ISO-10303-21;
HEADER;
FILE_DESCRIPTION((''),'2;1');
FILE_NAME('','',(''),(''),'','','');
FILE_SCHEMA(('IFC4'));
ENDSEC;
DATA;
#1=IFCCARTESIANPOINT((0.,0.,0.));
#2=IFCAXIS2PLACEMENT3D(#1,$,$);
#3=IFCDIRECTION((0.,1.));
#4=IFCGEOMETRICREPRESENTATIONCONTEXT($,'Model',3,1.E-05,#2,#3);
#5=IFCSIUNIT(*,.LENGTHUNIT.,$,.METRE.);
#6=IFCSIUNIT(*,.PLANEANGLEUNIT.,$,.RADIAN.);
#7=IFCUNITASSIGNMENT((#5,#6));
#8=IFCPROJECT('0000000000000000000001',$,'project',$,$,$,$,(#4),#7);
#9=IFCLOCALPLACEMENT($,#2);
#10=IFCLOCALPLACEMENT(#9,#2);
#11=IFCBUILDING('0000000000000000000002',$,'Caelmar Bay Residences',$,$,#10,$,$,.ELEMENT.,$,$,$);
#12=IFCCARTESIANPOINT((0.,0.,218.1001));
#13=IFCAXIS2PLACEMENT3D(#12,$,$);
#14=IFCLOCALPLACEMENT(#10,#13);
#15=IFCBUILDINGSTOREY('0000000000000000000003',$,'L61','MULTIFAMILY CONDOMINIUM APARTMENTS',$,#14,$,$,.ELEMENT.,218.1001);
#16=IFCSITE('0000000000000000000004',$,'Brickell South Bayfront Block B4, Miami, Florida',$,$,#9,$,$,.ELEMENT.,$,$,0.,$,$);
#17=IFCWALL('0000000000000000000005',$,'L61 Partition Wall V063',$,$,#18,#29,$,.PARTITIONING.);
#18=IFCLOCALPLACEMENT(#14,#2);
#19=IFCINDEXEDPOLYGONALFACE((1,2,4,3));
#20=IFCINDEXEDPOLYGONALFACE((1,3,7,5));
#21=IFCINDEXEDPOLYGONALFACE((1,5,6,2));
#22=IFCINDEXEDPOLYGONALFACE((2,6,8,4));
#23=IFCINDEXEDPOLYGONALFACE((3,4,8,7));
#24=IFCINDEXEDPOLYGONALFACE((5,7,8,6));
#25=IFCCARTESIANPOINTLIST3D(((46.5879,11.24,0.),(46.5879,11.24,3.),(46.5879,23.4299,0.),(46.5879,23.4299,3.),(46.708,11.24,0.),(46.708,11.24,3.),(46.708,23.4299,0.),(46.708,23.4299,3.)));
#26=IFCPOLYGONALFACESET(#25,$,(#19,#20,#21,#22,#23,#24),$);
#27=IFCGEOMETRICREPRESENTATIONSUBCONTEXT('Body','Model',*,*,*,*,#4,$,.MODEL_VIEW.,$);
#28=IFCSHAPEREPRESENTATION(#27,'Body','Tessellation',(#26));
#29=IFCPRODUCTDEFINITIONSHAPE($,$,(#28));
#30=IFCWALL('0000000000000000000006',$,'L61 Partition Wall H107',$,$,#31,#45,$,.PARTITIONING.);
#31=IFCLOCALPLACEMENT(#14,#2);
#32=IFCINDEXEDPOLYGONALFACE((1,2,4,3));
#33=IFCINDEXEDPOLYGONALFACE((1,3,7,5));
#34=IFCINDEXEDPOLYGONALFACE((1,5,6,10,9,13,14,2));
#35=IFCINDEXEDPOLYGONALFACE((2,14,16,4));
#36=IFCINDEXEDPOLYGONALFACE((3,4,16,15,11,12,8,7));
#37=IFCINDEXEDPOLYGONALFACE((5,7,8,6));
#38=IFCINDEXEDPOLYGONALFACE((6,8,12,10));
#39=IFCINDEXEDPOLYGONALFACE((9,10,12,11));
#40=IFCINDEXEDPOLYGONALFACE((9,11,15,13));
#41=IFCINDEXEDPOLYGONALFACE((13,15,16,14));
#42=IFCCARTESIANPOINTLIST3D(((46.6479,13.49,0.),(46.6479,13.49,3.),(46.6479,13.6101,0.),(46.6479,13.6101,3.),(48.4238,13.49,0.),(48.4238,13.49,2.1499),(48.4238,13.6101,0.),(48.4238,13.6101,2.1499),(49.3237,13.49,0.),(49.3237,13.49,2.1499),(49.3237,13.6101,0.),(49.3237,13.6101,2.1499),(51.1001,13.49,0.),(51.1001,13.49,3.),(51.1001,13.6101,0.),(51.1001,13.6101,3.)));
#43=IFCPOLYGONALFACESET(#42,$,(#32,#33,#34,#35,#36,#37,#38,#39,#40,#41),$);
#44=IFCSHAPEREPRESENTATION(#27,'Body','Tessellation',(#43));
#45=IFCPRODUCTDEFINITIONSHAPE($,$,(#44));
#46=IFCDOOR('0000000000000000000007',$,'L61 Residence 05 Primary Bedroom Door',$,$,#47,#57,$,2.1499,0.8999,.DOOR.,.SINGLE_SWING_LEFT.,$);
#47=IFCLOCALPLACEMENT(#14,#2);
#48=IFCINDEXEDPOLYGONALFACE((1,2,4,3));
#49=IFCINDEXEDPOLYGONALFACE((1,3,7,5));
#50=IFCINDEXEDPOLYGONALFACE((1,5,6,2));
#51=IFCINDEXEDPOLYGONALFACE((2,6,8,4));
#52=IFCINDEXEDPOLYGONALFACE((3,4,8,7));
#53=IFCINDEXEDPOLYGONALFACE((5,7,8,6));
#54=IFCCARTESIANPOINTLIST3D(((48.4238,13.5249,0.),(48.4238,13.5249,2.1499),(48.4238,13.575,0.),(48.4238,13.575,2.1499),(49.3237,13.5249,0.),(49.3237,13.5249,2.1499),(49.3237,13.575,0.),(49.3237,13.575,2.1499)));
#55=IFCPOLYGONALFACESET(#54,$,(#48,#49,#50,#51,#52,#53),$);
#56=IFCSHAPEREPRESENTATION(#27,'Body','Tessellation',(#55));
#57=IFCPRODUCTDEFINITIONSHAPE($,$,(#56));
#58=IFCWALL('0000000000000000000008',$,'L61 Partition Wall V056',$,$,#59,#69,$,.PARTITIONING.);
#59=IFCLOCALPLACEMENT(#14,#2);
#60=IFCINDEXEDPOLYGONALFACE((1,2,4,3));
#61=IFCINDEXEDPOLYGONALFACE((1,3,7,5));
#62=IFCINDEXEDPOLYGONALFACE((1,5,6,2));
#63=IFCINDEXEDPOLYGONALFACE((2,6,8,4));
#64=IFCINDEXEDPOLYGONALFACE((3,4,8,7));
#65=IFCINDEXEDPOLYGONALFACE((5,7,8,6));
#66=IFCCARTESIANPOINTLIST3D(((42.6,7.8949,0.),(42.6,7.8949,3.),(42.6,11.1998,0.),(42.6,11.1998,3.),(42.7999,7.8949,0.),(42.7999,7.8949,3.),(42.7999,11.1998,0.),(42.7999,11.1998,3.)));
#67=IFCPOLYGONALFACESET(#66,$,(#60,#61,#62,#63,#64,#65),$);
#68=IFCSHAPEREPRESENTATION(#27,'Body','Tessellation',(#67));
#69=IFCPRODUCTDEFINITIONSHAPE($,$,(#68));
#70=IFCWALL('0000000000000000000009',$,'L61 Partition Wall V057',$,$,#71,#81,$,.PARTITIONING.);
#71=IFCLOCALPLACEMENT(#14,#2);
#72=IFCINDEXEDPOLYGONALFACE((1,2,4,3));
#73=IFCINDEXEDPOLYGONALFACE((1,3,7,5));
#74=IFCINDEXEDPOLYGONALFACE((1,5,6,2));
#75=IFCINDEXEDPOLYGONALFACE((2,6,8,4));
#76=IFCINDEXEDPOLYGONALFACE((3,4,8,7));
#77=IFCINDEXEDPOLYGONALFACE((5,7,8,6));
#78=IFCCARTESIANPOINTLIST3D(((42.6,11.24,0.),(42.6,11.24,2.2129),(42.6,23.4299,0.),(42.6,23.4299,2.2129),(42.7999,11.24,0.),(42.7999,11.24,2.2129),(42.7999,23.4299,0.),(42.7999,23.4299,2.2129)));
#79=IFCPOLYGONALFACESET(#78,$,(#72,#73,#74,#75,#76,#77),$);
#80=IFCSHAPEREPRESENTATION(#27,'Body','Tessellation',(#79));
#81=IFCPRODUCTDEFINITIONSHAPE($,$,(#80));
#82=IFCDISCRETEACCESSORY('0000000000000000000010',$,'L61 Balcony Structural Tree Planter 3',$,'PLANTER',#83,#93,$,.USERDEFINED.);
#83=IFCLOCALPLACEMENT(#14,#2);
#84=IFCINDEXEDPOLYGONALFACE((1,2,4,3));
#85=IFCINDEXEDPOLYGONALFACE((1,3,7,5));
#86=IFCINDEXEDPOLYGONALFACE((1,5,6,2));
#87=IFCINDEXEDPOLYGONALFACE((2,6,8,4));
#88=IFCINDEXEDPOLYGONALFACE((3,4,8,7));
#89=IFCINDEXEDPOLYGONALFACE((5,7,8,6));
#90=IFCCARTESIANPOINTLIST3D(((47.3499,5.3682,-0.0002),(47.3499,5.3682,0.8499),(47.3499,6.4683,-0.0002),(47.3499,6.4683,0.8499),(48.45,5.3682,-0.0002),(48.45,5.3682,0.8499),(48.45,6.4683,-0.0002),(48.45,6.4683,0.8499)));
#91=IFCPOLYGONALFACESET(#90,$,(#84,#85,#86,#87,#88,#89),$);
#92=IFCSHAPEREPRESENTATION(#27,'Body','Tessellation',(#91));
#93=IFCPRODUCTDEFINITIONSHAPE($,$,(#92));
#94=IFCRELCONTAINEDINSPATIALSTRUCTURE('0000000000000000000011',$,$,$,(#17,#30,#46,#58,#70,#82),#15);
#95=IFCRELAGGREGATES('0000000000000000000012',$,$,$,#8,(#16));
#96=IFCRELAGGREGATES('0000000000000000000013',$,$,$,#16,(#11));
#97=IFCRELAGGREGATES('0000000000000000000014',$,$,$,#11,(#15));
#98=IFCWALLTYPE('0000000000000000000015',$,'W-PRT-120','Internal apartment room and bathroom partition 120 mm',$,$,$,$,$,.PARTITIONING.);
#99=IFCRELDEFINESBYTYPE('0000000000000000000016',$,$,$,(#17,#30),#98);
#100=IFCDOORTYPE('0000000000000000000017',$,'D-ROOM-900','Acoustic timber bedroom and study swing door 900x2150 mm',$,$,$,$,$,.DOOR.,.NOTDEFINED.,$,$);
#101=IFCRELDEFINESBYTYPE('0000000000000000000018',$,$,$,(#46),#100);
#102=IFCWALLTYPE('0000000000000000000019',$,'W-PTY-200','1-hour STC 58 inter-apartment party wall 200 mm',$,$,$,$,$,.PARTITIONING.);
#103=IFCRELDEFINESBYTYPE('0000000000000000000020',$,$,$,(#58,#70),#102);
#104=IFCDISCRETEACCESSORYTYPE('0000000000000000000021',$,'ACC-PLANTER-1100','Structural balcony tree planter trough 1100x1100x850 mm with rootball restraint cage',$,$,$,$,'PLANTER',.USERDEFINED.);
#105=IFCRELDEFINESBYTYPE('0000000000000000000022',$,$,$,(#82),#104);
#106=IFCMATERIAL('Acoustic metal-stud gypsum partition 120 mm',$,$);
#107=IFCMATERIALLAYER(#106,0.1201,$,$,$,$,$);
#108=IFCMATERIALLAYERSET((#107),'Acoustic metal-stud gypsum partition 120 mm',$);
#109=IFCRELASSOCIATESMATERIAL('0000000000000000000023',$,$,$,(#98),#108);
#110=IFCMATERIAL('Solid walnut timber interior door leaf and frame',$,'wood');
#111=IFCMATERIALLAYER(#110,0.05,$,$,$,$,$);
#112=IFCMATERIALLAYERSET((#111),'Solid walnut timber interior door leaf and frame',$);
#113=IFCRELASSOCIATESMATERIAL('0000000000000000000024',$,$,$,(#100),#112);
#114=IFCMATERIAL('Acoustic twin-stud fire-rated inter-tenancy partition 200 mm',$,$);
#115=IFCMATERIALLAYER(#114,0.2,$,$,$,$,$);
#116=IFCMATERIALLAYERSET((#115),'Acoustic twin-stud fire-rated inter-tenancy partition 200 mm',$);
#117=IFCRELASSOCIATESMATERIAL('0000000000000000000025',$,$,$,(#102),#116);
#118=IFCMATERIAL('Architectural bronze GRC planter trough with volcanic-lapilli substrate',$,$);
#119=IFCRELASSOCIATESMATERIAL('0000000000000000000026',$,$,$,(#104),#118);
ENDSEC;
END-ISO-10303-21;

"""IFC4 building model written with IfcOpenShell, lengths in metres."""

from ifc_helpers import new_model, si_unit, direction, frame, frame_2d, origin, origin_2d, place, context, subcontext, project, spatial, rectangle, extrude, material, layer, layer_set, type_object, element, fill, save


model = new_model("IFC4")

# Units and contexts
model_context = context("Model", 3, precision=1e-05, world=origin(), true_north=direction((0.0, 1.0)))
body_context = subcontext(model_context, "Body", "Model", "MODEL_VIEW")
ifc_project = project(units=[si_unit("LENGTHUNIT", "METRE"), si_unit("PLANEANGLEUNIT", "RADIAN")], contexts=[model_context])

# Site, building, storey
site_placement = place(None, origin())
site = spatial("IfcSite", under=ifc_project, at=site_placement, Name="Brickell South Bayfront Block B4, Miami, Florida", CompositionType="ELEMENT", RefElevation=0.0)
building_placement = place(site_placement, origin())
building = spatial("IfcBuilding", under=site, at=building_placement, Name="Caelmar Bay Residences", CompositionType="ELEMENT")
storey_placement = place(building_placement, frame((0.0, 0.0, 218.1001)))
storey = spatial("IfcBuildingStorey", under=building, at=storey_placement, Name="L61", Description="MULTIFAMILY CONDOMINIUM APARTMENTS", CompositionType="ELEMENT", Elevation=218.1001)

# Wall
ifc_material_1 = material(Name="Acoustic metal-stud gypsum partition 120 mm")
ifc_layer_1 = layer(ifc_material_1, 0.1201)
ifc_layer_set_1 = layer_set([ifc_layer_1], Name="Acoustic metal-stud gypsum partition 120 mm")
wall_type_1 = type_object("IfcWallType", Name="W-PRT-120", Description="Internal apartment room and bathroom partition 120 mm", PredefinedType="PARTITIONING", material=ifc_layer_set_1)
wall_1_placement = place(storey_placement, frame((46.6479, 11.24, 0.0), z_axis=(0.0, 0.0, 1.0), x_axis=(0.0, 1.0, 0.0)))
element("IfcWall", 1, at=wall_1_placement, inside=storey, type_object=wall_type_1, Name="L61 Partition Wall V063", PredefinedType="PARTITIONING", context=body_context, shape_type="SweptSolid", body=[
    extrude(rectangle(XDim=12.1899, YDim=0.1201, at=frame_2d((6.095, 0.0))), origin(), (0.0, 0.0, 1.0), 3.0),
])

# Wall, opening, door
wall_2_placement = place(storey_placement, frame((46.6479, 13.55, 0.0), z_axis=(0.0, 0.0, 1.0), x_axis=(1.0, 0.0, 0.0)))
wall_2 = element("IfcWall", 2, at=wall_2_placement, inside=storey, type_object=wall_type_1, Name="L61 Partition Wall H107", PredefinedType="PARTITIONING", context=body_context, shape_type="SweptSolid", body=[
    extrude(rectangle(XDim=4.4521, YDim=0.1201, at=frame_2d((2.2261, 0.0))), origin(), (0.0, 0.0, 1.0), 3.0),
])
opening_placement = place(wall_2_placement, frame((1.7759, 0.0, 0.0)))
opening = element("IfcOpeningElement", 3, at=opening_placement, cuts=wall_2, PredefinedType="OPENING", context=body_context, shape_type="SweptSolid", body=[
    extrude(rectangle(XDim=0.8999, YDim=2.1499, at=frame_2d((0.45, 1.075))), frame((0.0, 0.0701, 0.0), z_axis=(0.0, -1.0, 0.0), x_axis=(1.0, 0.0, 0.0)), (0.0, 0.0, 1.0), 0.1401),
])
ifc_material_2 = material(Name="Solid walnut timber interior door leaf and frame", Category="wood")
ifc_layer_2 = layer(ifc_material_2, 0.05)
ifc_layer_set_2 = layer_set([ifc_layer_2], Name="Solid walnut timber interior door leaf and frame")
door_type = type_object("IfcDoorType", Name="D-ROOM-900", Description="Acoustic timber bedroom and study swing door 900x2150 mm", OperationType="NOTDEFINED", PredefinedType="DOOR", material=ifc_layer_set_2)
door_placement = place(opening_placement, origin())
door = element("IfcDoor", 4, at=door_placement, inside=storey, type_object=door_type, Name="L61 Residence 05 Primary Bedroom Door", OperationType="SINGLE_SWING_LEFT", OverallHeight=2.1499, OverallWidth=0.8999, PredefinedType="DOOR", context=body_context, shape_type="SweptSolid", body=[
    extrude(rectangle(XDim=0.8999, YDim=2.1499, at=frame_2d((0.45, 1.075))), frame((0.0, 0.0249, 0.0), z_axis=(0.0, -1.0, 0.0), x_axis=(1.0, 0.0, 0.0)), (0.0, 0.0, 1.0), 0.05),
])
fill(opening, door)

# Walls
ifc_material_3 = material(Name="Acoustic twin-stud fire-rated inter-tenancy partition 200 mm")
ifc_layer_3 = layer(ifc_material_3, 0.2)
ifc_layer_set_3 = layer_set([ifc_layer_3], Name="Acoustic twin-stud fire-rated inter-tenancy partition 200 mm")
wall_type_2 = type_object("IfcWallType", Name="W-PTY-200", Description="1-hour STC 58 inter-apartment party wall 200 mm", PredefinedType="PARTITIONING", material=ifc_layer_set_3)
wall_3_placement = place(storey_placement, frame((42.7, 7.895, 0.0), z_axis=(0.0, 0.0, 1.0), x_axis=(0.0, 1.0, 0.0)))
element("IfcWall", 5, at=wall_3_placement, inside=storey, type_object=wall_type_2, Name="L61 Partition Wall V056", PredefinedType="PARTITIONING", context=body_context, shape_type="SweptSolid", body=[
    extrude(rectangle(XDim=3.3049, YDim=0.2, at=frame_2d((1.6523, 0.0))), origin(), (0.0, 0.0, 1.0), 3.0),
])
wall_4_placement = place(storey_placement, frame((42.7, 11.24, 0.0), z_axis=(0.0, 0.0, 1.0), x_axis=(0.0, 1.0, 0.0)))
element("IfcWall", 6, at=wall_4_placement, inside=storey, type_object=wall_type_2, Name="L61 Partition Wall V057", PredefinedType="PARTITIONING", context=body_context, shape_type="SweptSolid", body=[
    extrude(rectangle(XDim=12.1899, YDim=0.2, at=frame_2d((6.095, 0.0))), origin(), (0.0, 0.0, 1.0), 2.2129),
])

# Discrete accessory
ifc_material_4 = material(Name="Architectural bronze GRC planter trough with volcanic-lapilli substrate")
discrete_accessory_type = type_object("IfcDiscreteAccessoryType", Name="ACC-PLANTER-1100", Description="Structural balcony tree planter trough 1100x1100x850 mm with rootball restraint cage", ElementType="PLANTER", PredefinedType="USERDEFINED", material=ifc_material_4)
discrete_accessory_placement = place(storey_placement, frame((47.8999, 5.9182, -0.0002), z_axis=(0.0, 0.0, 1.0), x_axis=(1.0, 0.0, 0.0)))
element("IfcDiscreteAccessory", 7, at=discrete_accessory_placement, inside=storey, type_object=discrete_accessory_type, Name="L61 Balcony Structural Tree Planter 3", ObjectType="PLANTER", PredefinedType="USERDEFINED", context=body_context, shape_type="SweptSolid", body=[
    extrude(rectangle(XDim=1.1001, YDim=1.1001, at=origin_2d()), origin(), (0.0, 0.0, 1.0), 0.8501),
])

save(model, "model.ifc")
